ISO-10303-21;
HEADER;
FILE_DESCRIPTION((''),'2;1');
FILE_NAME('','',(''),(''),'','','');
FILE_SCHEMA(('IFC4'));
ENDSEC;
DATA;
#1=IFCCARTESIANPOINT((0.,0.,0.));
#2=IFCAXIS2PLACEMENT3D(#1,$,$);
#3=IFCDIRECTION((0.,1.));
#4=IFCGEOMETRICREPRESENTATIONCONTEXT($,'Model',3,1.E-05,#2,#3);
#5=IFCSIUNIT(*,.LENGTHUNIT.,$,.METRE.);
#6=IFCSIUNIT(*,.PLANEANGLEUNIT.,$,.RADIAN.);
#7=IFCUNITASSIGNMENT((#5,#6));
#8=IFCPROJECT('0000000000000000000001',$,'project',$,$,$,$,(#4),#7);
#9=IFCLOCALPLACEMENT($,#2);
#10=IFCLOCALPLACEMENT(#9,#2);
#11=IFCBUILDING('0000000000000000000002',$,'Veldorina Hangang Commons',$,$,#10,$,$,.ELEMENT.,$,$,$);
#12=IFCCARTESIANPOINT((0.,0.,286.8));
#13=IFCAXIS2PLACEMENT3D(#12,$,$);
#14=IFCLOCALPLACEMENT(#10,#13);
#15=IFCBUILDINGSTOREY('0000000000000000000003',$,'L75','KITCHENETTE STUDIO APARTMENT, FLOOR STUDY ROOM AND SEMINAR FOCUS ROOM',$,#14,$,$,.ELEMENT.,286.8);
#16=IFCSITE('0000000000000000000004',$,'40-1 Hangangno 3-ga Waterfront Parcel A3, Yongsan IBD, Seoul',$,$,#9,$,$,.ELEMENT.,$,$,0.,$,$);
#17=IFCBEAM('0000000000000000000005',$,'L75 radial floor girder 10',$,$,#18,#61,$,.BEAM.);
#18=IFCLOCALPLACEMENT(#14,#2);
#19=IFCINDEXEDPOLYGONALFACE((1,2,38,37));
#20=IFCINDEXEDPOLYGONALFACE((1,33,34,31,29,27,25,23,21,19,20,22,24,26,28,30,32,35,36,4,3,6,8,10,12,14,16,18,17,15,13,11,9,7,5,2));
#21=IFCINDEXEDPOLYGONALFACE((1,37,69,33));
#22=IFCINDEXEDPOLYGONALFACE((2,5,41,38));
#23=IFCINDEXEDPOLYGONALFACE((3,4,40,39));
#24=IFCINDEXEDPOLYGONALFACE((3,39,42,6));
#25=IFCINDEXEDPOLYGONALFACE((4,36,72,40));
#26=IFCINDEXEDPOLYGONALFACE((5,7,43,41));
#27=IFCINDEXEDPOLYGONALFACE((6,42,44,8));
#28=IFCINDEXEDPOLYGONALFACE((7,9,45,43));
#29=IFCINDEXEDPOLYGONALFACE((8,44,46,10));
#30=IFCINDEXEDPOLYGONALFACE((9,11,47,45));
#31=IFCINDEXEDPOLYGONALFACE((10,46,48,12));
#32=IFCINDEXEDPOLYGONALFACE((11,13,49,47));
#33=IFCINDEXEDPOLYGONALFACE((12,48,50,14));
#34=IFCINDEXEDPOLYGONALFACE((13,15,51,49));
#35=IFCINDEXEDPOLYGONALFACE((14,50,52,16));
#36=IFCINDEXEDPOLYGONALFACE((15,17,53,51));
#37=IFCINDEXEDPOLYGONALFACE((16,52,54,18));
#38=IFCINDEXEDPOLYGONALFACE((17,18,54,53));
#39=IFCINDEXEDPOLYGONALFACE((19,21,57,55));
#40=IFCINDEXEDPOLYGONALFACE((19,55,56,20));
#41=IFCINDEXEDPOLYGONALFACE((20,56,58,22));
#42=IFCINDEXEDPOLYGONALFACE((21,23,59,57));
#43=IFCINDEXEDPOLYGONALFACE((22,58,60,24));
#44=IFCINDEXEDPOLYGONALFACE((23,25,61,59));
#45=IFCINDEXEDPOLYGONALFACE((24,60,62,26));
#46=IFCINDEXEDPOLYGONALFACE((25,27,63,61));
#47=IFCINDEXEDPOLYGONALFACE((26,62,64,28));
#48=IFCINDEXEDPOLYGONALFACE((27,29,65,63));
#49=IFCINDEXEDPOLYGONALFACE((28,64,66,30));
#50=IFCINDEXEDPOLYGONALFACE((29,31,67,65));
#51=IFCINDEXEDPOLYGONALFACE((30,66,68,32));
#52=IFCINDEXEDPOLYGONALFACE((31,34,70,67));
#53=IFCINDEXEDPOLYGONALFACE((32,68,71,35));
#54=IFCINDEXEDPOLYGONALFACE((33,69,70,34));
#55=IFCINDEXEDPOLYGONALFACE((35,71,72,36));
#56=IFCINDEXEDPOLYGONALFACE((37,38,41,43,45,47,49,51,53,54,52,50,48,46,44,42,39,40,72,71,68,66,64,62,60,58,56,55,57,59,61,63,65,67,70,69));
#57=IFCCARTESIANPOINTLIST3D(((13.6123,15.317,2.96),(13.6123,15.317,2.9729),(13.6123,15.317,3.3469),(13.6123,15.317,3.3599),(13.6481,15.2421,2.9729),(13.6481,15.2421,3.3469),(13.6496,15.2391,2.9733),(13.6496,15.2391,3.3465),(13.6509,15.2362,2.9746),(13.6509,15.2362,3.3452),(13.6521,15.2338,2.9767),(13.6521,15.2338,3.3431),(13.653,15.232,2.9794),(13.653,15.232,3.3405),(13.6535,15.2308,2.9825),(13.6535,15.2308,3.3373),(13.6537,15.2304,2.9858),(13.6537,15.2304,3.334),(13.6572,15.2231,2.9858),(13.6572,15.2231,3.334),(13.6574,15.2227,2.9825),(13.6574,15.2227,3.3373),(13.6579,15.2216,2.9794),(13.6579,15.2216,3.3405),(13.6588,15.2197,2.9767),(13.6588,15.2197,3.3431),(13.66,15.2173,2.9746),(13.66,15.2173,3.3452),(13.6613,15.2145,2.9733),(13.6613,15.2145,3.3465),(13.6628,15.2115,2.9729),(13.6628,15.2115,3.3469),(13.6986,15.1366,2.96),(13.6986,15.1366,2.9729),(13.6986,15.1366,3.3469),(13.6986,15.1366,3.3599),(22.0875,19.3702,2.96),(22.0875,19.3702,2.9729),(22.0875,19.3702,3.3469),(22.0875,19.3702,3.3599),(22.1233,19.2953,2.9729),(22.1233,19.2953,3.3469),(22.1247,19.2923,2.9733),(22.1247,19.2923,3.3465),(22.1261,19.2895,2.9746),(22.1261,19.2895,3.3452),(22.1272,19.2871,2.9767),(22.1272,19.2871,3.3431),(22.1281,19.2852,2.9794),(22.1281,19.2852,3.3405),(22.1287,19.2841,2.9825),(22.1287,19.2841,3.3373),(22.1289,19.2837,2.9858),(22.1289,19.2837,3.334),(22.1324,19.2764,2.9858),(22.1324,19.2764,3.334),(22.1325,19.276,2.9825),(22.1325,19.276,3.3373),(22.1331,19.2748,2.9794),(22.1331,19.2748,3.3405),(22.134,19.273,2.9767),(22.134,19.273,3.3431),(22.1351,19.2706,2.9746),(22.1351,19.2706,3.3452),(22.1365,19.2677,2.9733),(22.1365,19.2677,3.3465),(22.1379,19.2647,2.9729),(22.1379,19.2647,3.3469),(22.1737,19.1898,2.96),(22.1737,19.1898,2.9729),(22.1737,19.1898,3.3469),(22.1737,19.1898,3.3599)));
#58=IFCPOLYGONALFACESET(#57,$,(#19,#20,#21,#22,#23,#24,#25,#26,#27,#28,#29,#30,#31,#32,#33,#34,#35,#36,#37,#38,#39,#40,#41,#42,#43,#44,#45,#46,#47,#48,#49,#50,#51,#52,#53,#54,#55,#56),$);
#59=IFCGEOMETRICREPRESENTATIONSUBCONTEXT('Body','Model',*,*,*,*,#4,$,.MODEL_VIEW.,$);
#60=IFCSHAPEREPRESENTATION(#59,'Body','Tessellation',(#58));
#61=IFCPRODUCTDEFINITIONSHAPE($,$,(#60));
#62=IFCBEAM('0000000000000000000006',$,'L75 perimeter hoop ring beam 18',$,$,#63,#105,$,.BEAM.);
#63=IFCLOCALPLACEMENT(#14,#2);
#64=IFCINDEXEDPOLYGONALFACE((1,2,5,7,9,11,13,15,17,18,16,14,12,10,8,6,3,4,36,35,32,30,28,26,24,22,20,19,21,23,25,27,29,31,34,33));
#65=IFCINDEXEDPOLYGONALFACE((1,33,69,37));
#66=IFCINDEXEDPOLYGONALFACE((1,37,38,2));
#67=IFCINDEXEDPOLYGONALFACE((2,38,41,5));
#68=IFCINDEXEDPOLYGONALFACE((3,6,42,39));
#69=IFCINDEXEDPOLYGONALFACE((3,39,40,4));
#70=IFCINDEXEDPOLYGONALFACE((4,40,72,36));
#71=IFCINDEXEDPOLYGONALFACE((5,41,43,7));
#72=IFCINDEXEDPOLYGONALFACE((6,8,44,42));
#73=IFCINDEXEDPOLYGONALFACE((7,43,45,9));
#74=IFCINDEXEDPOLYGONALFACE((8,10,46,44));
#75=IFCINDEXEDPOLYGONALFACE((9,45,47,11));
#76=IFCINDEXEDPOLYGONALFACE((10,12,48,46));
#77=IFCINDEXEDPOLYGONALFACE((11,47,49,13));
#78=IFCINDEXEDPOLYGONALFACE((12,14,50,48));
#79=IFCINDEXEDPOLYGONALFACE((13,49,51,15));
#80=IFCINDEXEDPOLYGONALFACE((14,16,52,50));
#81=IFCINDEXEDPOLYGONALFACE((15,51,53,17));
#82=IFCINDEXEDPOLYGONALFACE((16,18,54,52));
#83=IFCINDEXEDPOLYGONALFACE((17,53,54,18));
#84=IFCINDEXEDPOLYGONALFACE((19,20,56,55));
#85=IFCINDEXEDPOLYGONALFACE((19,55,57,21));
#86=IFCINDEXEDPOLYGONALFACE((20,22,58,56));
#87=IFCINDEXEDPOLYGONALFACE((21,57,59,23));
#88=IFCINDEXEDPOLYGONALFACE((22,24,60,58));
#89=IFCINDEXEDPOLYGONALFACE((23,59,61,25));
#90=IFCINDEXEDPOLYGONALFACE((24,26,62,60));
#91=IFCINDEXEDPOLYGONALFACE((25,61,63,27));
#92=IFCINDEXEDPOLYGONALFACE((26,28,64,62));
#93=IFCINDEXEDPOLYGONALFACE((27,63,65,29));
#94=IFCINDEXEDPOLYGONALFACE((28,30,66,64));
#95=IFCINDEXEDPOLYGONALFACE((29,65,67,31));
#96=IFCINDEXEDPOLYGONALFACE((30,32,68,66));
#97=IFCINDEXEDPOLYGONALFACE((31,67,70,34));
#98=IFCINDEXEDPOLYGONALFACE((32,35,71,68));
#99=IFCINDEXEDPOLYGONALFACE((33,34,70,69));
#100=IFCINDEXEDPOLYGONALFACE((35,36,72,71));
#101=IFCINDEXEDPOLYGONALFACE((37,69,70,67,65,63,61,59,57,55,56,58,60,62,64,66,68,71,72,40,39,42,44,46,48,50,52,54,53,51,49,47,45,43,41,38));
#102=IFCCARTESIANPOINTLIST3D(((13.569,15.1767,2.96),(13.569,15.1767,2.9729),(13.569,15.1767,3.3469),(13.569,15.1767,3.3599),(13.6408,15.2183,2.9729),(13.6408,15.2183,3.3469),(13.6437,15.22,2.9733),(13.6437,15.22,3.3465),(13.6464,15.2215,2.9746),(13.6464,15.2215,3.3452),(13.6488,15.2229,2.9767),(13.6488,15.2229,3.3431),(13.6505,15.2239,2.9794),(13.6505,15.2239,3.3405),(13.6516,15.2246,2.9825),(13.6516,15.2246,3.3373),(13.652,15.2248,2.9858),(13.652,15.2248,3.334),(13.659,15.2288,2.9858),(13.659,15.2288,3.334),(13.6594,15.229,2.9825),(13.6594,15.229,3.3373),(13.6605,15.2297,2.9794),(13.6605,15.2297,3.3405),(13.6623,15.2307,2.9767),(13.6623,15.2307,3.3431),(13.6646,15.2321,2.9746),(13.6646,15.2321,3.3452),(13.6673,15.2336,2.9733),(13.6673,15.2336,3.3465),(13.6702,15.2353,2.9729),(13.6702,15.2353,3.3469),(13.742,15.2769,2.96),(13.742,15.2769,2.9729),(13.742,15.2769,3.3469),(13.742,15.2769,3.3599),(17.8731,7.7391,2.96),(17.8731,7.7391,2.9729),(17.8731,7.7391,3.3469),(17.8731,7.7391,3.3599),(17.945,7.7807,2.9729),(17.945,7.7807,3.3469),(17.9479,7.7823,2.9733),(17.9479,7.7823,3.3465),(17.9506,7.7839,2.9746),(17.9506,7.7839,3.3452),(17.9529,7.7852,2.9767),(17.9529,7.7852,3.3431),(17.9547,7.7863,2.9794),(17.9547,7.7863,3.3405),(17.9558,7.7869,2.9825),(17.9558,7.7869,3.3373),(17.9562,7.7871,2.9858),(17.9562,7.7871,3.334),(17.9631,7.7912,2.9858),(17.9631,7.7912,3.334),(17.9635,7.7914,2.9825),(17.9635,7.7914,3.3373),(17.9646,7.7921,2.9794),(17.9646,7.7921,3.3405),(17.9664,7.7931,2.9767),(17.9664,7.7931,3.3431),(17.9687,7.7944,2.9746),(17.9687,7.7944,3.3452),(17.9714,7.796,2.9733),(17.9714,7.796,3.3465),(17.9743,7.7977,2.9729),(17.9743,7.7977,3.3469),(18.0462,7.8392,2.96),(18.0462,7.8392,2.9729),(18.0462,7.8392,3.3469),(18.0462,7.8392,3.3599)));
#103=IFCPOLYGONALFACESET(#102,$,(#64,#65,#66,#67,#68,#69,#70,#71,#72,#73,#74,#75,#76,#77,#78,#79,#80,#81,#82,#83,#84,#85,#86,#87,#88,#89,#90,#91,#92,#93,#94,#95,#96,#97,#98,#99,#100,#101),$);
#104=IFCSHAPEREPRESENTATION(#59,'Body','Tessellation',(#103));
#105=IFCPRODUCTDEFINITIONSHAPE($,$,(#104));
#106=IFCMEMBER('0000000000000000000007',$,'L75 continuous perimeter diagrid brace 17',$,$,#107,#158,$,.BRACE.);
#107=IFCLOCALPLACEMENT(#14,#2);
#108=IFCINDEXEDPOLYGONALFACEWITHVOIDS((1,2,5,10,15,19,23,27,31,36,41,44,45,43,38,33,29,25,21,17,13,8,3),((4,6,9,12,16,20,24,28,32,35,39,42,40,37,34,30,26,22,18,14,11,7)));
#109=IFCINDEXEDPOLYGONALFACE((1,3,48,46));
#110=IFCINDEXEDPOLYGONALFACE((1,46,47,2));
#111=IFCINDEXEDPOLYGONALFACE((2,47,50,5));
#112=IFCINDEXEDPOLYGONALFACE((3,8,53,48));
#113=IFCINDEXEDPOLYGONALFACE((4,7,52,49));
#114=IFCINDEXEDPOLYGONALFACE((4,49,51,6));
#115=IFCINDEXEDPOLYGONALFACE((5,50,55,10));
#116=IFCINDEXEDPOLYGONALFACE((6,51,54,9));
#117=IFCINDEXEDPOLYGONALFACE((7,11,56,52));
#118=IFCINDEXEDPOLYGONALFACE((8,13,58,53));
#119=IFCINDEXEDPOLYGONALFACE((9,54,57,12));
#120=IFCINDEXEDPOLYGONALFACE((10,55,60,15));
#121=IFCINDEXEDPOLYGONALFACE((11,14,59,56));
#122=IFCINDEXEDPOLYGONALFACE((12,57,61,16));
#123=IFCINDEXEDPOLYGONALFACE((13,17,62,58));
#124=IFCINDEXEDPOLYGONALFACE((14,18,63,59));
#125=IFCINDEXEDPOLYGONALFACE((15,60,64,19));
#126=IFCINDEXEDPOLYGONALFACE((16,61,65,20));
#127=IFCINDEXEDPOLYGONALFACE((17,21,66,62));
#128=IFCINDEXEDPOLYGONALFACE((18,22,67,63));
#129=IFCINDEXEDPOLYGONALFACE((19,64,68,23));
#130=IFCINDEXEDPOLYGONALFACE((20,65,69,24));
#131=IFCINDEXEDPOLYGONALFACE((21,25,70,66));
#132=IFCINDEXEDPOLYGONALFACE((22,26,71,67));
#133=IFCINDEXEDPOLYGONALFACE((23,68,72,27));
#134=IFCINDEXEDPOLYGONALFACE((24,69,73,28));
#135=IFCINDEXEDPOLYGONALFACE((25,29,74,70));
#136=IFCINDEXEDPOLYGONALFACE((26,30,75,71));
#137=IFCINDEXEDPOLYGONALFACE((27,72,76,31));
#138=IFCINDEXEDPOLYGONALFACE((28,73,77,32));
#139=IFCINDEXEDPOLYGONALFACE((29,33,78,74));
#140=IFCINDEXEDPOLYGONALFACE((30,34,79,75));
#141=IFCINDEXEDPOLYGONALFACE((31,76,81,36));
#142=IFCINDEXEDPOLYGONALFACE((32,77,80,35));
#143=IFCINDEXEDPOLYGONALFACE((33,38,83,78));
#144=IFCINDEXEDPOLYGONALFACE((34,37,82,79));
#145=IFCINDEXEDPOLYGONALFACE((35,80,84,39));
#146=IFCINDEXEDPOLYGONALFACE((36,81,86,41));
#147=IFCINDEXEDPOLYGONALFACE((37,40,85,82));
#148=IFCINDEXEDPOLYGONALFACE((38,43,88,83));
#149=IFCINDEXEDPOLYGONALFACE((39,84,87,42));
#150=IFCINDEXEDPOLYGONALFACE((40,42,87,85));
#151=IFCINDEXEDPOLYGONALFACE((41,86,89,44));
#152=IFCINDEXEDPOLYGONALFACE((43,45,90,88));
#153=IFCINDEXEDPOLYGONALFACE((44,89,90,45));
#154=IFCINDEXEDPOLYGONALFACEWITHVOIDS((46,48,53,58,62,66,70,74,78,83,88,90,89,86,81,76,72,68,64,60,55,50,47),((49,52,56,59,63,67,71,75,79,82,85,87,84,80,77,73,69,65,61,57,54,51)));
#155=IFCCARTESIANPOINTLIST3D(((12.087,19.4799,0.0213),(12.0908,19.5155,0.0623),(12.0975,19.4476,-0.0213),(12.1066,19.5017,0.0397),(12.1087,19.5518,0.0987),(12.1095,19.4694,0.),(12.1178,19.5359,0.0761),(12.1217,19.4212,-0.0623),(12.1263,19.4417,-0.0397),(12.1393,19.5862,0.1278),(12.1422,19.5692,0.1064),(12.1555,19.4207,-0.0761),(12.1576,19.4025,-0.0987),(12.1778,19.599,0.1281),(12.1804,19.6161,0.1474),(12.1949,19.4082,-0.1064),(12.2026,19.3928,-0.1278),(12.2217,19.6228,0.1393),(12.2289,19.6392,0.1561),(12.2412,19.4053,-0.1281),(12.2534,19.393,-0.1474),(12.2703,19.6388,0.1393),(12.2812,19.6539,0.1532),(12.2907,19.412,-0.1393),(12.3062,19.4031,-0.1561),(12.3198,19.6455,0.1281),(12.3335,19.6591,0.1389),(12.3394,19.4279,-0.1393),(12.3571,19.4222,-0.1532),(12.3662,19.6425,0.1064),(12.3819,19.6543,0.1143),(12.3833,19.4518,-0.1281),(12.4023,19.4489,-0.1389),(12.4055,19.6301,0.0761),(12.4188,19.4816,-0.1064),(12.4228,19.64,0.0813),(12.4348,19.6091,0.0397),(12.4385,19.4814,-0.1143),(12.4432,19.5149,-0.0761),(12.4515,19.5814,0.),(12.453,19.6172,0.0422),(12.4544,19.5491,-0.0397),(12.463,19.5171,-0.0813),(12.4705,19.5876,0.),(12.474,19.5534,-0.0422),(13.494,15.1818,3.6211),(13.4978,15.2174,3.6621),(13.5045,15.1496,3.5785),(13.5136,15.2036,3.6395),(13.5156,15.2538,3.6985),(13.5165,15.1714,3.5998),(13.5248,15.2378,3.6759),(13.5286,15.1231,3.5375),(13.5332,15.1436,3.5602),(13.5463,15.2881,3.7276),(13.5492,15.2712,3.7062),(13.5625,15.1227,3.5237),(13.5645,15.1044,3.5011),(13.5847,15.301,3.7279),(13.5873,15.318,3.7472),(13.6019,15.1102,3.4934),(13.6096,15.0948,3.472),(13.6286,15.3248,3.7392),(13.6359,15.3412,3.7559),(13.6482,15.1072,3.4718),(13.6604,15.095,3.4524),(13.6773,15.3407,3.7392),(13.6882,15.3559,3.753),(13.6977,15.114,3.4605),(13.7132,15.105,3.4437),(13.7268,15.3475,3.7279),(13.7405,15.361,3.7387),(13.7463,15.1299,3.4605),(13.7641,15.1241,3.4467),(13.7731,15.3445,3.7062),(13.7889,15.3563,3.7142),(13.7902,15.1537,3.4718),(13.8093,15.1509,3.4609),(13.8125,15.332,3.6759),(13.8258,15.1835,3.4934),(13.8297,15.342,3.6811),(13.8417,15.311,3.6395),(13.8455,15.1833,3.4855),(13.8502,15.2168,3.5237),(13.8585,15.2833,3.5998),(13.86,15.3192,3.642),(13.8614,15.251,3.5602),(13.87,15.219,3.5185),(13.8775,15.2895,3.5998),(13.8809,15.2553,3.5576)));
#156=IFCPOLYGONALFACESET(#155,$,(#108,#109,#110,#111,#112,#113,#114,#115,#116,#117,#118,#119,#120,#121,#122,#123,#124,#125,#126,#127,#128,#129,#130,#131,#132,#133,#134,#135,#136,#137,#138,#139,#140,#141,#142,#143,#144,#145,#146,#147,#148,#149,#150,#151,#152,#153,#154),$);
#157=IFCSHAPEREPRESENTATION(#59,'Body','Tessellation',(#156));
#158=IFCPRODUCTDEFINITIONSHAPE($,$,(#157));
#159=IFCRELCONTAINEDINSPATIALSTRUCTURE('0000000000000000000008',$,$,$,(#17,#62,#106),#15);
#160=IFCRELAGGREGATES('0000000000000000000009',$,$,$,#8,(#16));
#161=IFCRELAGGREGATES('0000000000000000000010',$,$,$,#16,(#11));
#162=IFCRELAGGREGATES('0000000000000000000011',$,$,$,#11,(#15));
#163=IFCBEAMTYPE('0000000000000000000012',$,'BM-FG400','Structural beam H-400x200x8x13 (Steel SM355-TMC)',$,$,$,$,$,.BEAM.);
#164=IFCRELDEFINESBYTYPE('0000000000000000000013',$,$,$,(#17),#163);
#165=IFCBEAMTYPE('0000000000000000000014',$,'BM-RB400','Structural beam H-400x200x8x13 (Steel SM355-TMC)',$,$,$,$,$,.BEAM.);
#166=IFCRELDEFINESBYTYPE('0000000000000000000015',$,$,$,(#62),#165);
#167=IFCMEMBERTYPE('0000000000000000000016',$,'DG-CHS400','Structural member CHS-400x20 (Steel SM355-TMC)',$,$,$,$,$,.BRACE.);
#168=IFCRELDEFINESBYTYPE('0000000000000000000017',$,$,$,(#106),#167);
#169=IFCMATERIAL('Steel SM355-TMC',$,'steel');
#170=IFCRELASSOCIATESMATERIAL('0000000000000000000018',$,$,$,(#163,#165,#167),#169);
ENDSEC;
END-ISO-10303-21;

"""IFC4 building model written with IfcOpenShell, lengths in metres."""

from ifc_helpers import new_model, si_unit, direction, frame, origin, origin_2d, place, context, subcontext, project, spatial, hollow_circle, i_section, extrude, material, material_profile, profile_set, type_object, element, save


model = new_model("IFC4")

# Units and contexts
model_context = context("Model", 3, precision=1e-05, world=origin(), true_north=direction((0.0, 1.0)))
body_context = subcontext(model_context, "Body", "Model", "MODEL_VIEW")
ifc_project = project(units=[si_unit("LENGTHUNIT", "METRE"), si_unit("PLANEANGLEUNIT", "RADIAN")], contexts=[model_context])

# Site, building, storey
site_placement = place(None, origin())
site = spatial("IfcSite", under=ifc_project, at=site_placement, Name="40-1 Hangangno 3-ga Waterfront Parcel A3, Yongsan IBD, Seoul", CompositionType="ELEMENT", RefElevation=0.0)
building_placement = place(site_placement, origin())
building = spatial("IfcBuilding", under=site, at=building_placement, Name="Veldorina Hangang Commons", CompositionType="ELEMENT")
storey_placement = place(building_placement, frame((0.0, 0.0, 286.8)))
storey = spatial("IfcBuildingStorey", under=building, at=storey_placement, Name="L75", Description="KITCHENETTE STUDIO APARTMENT, FLOOR STUDY ROOM AND SEMINAR FOCUS ROOM", CompositionType="ELEMENT", Elevation=286.8)

# Beams
ifc_material_1 = material(Name="Steel SM355-TMC", Category="steel")
ifc_material_profile_1 = material_profile(ifc_material_1, i_section(OverallWidth=0.2, OverallDepth=0.3999, WebThickness=0.0081, FlangeThickness=0.0129, FilletRadius=0.0129, at=origin_2d()), Name="H-400x200x8x13")
ifc_profile_set_1 = profile_set([ifc_material_profile_1], Name="Steel SM355-TMC")
beam_type_1 = type_object("IfcBeamType", Name="BM-FG400", Description="Structural beam H-400x200x8x13 (Steel SM355-TMC)", PredefinedType="BEAM", material=ifc_profile_set_1)
beam_1_placement = place(storey_placement, frame((22.1306, 19.28, 3.1599), z_axis=(-0.902138, -0.431448, 0.0), x_axis=(0.431448, -0.902138, 0.0)))
element("IfcBeam", 1, at=beam_1_placement, inside=storey, type_object=beam_type_1, Name="L75 radial floor girder 10", PredefinedType="BEAM", context=body_context, shape_type="SweptSolid", body=[
    extrude(i_section(OverallWidth=0.2, OverallDepth=0.3999, WebThickness=0.0081, FlangeThickness=0.0129, FilletRadius=0.0129, at=origin_2d()), origin(), (0.0, 0.0, 1.0), 9.3945),
])
ifc_material_profile_2 = material_profile(ifc_material_1, i_section(OverallWidth=0.2, OverallDepth=0.3999, WebThickness=0.0081, FlangeThickness=0.0129, FilletRadius=0.0129, at=origin_2d()), Name="H-400x200x8x13")
ifc_profile_set_2 = profile_set([ifc_material_profile_2], Name="Steel SM355-TMC")
beam_type_2 = type_object("IfcBeamType", Name="BM-RB400", Description="Structural beam H-400x200x8x13 (Steel SM355-TMC)", PredefinedType="BEAM", material=ifc_profile_set_2)
beam_2_placement = place(storey_placement, frame((13.6555, 15.2268, 3.1599), z_axis=(0.500874, -0.86552, 0.0), x_axis=(0.86552, 0.500874, 0.0)))
element("IfcBeam", 2, at=beam_2_placement, inside=storey, type_object=beam_type_2, Name="L75 perimeter hoop ring beam 18", PredefinedType="BEAM", context=body_context, shape_type="SweptSolid", body=[
    extrude(i_section(OverallWidth=0.2, OverallDepth=0.3999, WebThickness=0.0081, FlangeThickness=0.0129, FilletRadius=0.0129, at=origin_2d()), origin(), (0.0, 0.0, 1.0), 8.5933),
])

# Member
ifc_material_profile_3 = material_profile(ifc_material_1, hollow_circle(Radius=0.2, WallThickness=0.02, at=origin_2d()), Name="CHS-400x20")
ifc_profile_set_3 = profile_set([ifc_material_profile_3], Name="Steel SM355-TMC")
member_type_1 = type_object("IfcMemberType", Name="DG-CHS400", Description="Structural member CHS-400x20 (Steel SM355-TMC)", PredefinedType="BRACE", material=ifc_profile_set_3)
member_1_placement = place(storey_placement, frame((12.2805, 19.5254, 0.0), z_axis=(0.243409, -0.743573, 0.622777), x_axis=(0.950375, 0.311106, 0.0)))
element("IfcMember", 3, at=member_1_placement, inside=storey, type_object=member_type_1, Name="L75 continuous perimeter diagrid brace 17", PredefinedType="BRACE", context=body_context, shape_type="SweptSolid", body=[
    extrude(hollow_circle(Radius=0.2, WallThickness=0.02, at=origin_2d()), origin(), (0.0, 0.0, 1.0), 5.7803),
])

save(model, "model.ifc")
